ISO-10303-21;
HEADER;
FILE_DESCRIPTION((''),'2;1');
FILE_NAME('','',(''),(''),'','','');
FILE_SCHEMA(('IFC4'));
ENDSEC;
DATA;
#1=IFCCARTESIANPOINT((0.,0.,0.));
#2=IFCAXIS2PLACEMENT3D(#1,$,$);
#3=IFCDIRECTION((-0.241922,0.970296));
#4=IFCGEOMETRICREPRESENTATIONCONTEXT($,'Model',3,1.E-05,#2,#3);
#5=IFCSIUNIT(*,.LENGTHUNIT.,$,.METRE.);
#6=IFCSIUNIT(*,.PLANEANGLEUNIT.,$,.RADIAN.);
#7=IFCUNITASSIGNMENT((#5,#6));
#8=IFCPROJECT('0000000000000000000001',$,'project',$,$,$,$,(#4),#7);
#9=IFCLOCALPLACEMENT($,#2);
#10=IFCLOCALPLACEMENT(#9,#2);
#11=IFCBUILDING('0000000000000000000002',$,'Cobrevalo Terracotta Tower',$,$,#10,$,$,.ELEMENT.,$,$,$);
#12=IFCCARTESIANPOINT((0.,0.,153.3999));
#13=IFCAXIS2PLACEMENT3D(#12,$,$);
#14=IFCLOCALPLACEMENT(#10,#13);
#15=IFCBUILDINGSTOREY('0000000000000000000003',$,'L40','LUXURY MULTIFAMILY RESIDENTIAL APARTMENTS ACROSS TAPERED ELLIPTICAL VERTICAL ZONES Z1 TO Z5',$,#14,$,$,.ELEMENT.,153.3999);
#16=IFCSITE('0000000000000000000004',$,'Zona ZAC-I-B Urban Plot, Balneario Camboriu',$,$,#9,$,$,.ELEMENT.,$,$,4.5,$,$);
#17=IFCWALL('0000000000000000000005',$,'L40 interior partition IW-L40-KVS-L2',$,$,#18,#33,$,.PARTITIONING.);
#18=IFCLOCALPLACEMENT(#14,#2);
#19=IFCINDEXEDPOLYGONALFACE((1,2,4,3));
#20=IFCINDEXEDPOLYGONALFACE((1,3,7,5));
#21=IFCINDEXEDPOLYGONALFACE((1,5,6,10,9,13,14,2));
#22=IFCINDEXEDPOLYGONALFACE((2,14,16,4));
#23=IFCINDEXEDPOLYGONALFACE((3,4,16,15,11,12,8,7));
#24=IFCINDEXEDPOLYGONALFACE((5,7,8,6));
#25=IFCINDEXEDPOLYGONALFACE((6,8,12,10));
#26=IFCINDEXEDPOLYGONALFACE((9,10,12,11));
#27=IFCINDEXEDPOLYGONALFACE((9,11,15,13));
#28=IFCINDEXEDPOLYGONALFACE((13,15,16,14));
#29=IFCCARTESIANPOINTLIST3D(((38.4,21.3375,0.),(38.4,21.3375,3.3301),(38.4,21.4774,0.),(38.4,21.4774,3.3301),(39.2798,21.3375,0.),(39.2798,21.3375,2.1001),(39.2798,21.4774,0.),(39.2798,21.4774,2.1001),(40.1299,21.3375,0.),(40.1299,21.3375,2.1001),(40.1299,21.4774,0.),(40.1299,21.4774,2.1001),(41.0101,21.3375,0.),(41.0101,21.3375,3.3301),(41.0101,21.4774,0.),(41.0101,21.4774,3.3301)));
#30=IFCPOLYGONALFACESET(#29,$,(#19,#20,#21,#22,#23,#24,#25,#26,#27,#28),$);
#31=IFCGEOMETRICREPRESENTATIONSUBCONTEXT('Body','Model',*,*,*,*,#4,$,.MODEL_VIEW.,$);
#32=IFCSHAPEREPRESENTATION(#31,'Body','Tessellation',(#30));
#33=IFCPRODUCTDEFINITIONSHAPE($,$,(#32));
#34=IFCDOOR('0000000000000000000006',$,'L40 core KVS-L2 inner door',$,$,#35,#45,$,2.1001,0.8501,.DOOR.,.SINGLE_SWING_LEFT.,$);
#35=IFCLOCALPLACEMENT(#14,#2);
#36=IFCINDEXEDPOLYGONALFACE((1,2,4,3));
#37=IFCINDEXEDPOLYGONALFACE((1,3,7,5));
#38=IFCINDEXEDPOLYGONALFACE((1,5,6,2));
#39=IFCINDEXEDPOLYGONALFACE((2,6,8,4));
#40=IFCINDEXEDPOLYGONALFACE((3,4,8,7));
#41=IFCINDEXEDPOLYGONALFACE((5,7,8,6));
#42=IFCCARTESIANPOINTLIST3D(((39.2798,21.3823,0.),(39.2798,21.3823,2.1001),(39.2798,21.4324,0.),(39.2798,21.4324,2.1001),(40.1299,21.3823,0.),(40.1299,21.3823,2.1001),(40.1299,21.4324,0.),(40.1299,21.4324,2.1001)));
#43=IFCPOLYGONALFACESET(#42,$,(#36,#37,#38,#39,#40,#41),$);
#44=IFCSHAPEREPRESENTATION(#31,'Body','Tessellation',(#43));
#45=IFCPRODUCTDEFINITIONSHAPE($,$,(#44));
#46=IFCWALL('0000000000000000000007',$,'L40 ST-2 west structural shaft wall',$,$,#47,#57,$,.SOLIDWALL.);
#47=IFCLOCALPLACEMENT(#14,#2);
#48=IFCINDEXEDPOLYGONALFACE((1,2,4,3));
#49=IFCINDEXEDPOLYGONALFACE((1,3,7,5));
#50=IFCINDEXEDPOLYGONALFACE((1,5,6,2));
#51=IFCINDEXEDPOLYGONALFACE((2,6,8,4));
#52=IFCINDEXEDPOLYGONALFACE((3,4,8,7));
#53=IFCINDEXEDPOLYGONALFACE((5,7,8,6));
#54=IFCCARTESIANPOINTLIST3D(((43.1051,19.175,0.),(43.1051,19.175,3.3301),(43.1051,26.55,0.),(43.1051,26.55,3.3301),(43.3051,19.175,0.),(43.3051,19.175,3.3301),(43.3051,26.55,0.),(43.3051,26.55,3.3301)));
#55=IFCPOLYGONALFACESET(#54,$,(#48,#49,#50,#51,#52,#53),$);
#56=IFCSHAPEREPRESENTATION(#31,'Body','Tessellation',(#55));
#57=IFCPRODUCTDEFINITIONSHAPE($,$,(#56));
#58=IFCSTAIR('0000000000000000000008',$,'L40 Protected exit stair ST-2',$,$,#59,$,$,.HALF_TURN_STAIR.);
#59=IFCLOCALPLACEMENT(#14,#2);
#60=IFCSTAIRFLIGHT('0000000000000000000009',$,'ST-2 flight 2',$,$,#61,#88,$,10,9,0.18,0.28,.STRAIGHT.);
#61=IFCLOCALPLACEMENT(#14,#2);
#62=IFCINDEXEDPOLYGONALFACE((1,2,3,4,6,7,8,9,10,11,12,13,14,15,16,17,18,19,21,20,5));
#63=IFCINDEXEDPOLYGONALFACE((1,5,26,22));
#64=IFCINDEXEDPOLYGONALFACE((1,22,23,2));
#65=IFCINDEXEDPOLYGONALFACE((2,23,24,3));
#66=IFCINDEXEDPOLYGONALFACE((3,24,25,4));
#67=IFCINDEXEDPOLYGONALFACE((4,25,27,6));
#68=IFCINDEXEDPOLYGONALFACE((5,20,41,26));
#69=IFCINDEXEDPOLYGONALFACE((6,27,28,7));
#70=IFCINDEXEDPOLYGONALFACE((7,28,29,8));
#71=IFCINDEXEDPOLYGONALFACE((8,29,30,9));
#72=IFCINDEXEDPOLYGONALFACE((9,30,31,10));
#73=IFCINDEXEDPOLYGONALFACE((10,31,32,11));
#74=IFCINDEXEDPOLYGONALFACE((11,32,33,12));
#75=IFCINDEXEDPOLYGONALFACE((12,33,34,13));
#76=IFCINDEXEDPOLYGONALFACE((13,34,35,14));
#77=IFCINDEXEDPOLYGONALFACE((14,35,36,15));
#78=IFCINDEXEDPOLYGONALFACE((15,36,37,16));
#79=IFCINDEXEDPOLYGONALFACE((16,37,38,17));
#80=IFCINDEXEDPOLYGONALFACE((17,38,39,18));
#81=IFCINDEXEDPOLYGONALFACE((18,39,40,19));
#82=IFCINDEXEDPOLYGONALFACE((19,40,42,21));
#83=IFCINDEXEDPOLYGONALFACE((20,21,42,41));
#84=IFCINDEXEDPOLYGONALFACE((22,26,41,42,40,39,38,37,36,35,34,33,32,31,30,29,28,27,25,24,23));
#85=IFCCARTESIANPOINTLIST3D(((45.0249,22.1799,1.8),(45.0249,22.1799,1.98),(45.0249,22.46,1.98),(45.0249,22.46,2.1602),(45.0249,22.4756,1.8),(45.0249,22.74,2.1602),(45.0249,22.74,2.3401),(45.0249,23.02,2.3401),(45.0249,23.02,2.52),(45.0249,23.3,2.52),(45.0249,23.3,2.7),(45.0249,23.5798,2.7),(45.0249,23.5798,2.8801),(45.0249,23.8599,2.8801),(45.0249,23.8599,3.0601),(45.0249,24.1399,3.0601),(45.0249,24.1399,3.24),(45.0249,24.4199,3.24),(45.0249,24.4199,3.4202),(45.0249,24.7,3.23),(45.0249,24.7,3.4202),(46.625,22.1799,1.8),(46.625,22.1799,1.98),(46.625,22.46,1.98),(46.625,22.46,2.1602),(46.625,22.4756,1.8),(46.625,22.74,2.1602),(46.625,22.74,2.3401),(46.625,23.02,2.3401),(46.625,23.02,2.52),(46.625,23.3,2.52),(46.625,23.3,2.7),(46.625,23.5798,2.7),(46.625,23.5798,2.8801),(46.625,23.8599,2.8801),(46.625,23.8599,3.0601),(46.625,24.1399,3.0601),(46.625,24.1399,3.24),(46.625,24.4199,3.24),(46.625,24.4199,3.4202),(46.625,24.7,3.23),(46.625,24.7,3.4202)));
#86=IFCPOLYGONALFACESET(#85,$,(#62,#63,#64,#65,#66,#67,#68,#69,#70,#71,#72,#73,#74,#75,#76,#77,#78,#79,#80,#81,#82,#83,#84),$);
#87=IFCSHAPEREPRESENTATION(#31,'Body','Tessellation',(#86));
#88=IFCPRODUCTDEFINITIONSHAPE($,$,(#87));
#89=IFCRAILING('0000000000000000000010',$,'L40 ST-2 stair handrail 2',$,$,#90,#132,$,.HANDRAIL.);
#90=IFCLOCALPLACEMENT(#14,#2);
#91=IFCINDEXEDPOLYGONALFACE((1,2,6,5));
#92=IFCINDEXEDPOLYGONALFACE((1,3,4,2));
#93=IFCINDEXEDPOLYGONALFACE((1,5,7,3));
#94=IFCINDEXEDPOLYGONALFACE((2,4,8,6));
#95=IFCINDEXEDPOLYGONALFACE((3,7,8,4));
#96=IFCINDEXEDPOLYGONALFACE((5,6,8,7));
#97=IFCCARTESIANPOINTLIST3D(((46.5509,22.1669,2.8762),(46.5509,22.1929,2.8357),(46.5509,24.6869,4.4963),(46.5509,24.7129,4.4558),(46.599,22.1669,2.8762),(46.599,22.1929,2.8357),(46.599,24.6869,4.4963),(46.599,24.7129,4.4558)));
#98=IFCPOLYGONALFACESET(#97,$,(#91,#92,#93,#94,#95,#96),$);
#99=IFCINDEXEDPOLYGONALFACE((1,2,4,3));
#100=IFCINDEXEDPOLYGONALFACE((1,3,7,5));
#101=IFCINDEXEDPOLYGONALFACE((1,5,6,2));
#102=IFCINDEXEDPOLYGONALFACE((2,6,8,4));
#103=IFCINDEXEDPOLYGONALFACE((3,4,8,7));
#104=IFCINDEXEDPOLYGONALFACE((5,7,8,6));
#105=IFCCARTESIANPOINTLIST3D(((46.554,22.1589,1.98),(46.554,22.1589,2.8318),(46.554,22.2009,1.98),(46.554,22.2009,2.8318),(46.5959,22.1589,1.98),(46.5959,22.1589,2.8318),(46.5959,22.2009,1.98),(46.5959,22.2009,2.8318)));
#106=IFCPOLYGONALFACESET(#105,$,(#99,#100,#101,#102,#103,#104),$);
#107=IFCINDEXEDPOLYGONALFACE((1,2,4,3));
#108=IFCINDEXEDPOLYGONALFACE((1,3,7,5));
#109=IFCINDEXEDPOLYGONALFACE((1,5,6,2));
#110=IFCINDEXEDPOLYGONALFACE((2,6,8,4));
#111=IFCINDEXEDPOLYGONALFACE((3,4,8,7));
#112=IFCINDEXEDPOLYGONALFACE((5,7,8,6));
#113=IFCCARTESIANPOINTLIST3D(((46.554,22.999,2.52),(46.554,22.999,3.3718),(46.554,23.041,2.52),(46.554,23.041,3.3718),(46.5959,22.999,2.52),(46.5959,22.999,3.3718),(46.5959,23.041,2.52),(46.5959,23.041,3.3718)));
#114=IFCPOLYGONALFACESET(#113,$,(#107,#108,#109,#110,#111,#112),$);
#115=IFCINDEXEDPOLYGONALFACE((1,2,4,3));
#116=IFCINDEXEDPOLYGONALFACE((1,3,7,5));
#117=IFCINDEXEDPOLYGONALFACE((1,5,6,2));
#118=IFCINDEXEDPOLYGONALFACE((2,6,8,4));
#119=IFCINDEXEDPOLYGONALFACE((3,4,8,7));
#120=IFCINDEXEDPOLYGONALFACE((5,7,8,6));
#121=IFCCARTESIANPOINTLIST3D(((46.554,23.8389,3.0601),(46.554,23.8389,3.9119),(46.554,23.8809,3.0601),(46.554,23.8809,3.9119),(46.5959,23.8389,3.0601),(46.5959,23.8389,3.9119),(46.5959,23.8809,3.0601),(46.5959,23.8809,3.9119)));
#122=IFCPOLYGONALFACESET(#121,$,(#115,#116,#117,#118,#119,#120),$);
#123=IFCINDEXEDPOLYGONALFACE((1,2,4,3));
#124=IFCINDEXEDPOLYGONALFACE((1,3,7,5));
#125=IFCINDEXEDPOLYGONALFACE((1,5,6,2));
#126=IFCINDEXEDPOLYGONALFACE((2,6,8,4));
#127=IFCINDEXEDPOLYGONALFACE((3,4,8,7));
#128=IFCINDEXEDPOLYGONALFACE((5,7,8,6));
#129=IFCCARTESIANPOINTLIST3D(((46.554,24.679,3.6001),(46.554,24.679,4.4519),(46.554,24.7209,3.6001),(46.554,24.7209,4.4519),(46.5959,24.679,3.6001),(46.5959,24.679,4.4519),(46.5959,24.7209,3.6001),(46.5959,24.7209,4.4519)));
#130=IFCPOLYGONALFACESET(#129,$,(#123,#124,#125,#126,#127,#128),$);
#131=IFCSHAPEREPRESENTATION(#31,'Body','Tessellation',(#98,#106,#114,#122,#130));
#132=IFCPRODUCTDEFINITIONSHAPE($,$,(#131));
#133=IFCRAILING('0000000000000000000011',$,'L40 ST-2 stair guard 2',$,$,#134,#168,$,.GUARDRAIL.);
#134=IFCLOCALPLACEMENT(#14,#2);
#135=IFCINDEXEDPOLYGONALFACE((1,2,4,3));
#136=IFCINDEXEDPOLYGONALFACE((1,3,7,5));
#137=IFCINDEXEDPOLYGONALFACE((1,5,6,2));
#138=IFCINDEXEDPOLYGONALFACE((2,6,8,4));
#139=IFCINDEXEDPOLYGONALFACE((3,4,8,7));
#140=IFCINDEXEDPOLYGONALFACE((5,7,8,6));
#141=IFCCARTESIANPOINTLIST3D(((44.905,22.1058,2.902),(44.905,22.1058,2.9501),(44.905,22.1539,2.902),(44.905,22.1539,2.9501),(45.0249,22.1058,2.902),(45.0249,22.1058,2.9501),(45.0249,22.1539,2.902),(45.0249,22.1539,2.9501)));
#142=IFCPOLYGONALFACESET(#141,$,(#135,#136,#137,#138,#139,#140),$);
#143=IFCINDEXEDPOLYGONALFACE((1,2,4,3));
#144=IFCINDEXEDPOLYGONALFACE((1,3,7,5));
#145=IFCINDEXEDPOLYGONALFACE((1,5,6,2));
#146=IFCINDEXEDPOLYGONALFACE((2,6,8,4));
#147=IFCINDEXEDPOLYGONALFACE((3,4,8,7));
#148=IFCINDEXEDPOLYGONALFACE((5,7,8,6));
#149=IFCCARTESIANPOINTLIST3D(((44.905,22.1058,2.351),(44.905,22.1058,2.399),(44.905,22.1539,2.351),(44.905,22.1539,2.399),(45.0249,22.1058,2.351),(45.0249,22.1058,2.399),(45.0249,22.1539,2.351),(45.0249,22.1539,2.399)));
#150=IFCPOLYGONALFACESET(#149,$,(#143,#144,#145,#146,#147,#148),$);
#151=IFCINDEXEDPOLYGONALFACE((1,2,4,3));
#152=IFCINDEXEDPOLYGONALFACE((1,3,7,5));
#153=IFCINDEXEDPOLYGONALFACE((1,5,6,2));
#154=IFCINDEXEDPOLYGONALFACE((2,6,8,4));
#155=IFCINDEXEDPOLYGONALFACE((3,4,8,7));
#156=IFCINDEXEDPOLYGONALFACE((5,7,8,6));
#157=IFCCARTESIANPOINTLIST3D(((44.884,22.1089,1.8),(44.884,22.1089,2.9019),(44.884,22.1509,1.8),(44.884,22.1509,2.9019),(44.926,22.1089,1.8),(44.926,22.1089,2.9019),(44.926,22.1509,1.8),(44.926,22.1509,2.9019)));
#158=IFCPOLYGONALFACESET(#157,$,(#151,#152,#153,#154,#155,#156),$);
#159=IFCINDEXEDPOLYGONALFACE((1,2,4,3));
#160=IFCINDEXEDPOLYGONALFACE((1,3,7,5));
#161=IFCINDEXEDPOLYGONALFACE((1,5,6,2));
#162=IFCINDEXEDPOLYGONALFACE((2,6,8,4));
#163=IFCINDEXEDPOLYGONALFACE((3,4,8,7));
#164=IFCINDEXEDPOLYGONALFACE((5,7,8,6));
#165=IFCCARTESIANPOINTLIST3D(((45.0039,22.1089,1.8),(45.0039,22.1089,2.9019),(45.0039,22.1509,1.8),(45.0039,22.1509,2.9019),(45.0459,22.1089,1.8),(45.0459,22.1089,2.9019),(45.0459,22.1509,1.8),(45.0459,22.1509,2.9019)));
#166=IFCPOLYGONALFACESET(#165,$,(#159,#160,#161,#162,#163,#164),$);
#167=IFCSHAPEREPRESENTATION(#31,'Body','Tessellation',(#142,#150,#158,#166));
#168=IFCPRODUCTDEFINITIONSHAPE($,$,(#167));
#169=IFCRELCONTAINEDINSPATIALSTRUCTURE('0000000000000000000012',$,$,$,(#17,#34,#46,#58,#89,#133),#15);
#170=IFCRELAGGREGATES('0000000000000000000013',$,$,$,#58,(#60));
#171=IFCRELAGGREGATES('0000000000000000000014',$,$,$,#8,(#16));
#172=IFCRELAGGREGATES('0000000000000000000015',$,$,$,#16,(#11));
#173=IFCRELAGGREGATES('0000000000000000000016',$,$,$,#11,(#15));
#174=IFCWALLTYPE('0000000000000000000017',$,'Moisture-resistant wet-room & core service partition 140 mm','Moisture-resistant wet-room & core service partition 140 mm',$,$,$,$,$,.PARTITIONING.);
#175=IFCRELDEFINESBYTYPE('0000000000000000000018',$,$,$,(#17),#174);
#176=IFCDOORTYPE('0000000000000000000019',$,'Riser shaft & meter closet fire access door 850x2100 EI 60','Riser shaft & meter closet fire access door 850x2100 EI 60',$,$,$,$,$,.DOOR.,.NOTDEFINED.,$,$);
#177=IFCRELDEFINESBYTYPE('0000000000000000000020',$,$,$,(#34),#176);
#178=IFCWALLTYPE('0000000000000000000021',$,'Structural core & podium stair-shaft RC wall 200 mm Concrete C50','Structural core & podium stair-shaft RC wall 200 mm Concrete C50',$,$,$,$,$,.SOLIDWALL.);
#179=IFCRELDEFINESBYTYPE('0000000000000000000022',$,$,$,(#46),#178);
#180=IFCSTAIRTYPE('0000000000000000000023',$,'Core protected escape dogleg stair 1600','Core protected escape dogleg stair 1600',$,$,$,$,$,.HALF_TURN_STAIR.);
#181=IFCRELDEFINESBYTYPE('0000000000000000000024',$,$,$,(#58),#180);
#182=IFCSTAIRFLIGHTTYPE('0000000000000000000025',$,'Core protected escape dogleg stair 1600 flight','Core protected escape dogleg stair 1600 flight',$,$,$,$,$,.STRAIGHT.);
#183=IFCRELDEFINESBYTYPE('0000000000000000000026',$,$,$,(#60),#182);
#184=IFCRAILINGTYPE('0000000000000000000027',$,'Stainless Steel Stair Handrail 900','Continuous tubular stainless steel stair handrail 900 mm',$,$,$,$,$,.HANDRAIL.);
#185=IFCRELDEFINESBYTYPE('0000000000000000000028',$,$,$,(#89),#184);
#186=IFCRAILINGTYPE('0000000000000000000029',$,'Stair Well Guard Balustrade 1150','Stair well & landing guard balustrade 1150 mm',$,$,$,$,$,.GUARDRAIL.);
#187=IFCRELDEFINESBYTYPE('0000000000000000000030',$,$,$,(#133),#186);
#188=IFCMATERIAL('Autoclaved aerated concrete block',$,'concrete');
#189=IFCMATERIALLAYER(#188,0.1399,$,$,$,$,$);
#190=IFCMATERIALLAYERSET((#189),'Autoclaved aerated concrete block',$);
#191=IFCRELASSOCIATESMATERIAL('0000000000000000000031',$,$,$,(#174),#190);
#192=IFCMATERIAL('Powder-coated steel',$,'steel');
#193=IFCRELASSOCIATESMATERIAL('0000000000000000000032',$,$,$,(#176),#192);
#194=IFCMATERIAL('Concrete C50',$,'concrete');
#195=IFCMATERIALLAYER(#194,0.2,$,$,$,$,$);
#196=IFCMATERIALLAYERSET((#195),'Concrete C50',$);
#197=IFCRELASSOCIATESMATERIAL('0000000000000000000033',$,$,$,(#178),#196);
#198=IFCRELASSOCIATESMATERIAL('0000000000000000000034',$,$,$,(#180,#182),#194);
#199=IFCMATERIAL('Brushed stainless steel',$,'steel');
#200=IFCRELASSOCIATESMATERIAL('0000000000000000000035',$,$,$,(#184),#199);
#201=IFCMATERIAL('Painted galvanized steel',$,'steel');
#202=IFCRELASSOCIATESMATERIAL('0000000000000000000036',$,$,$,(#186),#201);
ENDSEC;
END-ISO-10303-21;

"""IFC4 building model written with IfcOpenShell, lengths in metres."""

from ifc_helpers import new_model, si_unit, direction, frame, frame_2d, origin, origin_2d, place, context, subcontext, project, spatial, polyline, rectangle, outline, extrude, source, transform, mapped, material, layer, layer_set, type_object, element, fill, aggregate, save


model = new_model("IFC4")

# Units and contexts
model_context = context("Model", 3, precision=1e-05, world=origin(), true_north=direction((-0.241922, 0.970296)))
body_context = subcontext(model_context, "Body", "Model", "MODEL_VIEW")
ifc_project = project(units=[si_unit("LENGTHUNIT", "METRE"), si_unit("PLANEANGLEUNIT", "RADIAN")], contexts=[model_context])

# Site, building, storey
site_placement = place(None, origin())
site = spatial("IfcSite", under=ifc_project, at=site_placement, Name="Zona ZAC-I-B Urban Plot, Balneario Camboriu", CompositionType="ELEMENT", RefElevation=4.5)
building_placement = place(site_placement, origin())
building = spatial("IfcBuilding", under=site, at=building_placement, Name="Cobrevalo Terracotta Tower", CompositionType="ELEMENT")
storey_placement = place(building_placement, frame((0.0, 0.0, 153.3999)))
storey = spatial("IfcBuildingStorey", under=building, at=storey_placement, Name="L40", Description="LUXURY MULTIFAMILY RESIDENTIAL APARTMENTS ACROSS TAPERED ELLIPTICAL VERTICAL ZONES Z1 TO Z5", CompositionType="ELEMENT", Elevation=153.3999)

# Shared definitions
ifc_material_1 = material(Name="Autoclaved aerated concrete block", Category="concrete")

# Shared definitions
ifc_material_2 = material(Name="Concrete C50", Category="concrete")

# Shared definitions
ifc_layer_1 = layer(ifc_material_1, 0.1399)
ifc_layer_set_1 = layer_set([ifc_layer_1], Name="Autoclaved aerated concrete block")
wall_type_1 = type_object("IfcWallType", Name="Moisture-resistant wet-room & core service partition 140 mm", Description="Moisture-resistant wet-room & core service partition 140 mm", PredefinedType="PARTITIONING", material=ifc_layer_set_1)

# Wall, opening, door
wall_1_placement = place(storey_placement, frame((38.3999, 21.4075, 0.0), z_axis=(0.0, 0.0, 1.0), x_axis=(1.0, 0.0, 0.0)))
wall_1 = element("IfcWall", 1, at=wall_1_placement, inside=storey, type_object=wall_type_1, Name="L40 interior partition IW-L40-KVS-L2", PredefinedType="PARTITIONING", context=body_context, shape_type="SweptSolid", body=[
    extrude(rectangle(XDim=2.6101, YDim=0.1399, at=frame_2d((1.3052, 0.0))), origin(), (0.0, 0.0, 1.0), 3.3301),
])
opening_1_placement = place(wall_1_placement, frame((0.8799, 0.0, 0.0)))
opening_1 = element("IfcOpeningElement", 2, at=opening_1_placement, cuts=wall_1, PredefinedType="OPENING", context=body_context, shape_type="SweptSolid", body=[
    extrude(rectangle(XDim=0.8501, YDim=2.1001, at=frame_2d((0.425, 1.05))), frame((0.0, 0.0801, 0.0), z_axis=(0.0, -1.0, 0.0), x_axis=(1.0, 0.0, 0.0)), (0.0, 0.0, 1.0), 0.1599),
])
ifc_material_3 = material(Name="Powder-coated steel", Category="steel")
door_type_1 = type_object("IfcDoorType", Name="Riser shaft & meter closet fire access door 850x2100 EI 60", Description="Riser shaft & meter closet fire access door 850x2100 EI 60", OperationType="NOTDEFINED", PredefinedType="DOOR", material=ifc_material_3)
shared_shape_1 = source(origin(), body_context, "Body", "SweptSolid", [
    extrude(rectangle(XDim=0.8501, YDim=2.1001, at=frame_2d((0.425, 1.05))), frame((0.0, 0.0249, 0.0), z_axis=(0.0, -1.0, 0.0), x_axis=(1.0, 0.0, 0.0)), (0.0, 0.0, 1.0), 0.05),
])
door_1_placement = place(opening_1_placement, origin())
door_1 = element("IfcDoor", 3, at=door_1_placement, inside=storey, type_object=door_type_1, Name="L40 core KVS-L2 inner door", OperationType="SINGLE_SWING_LEFT", OverallHeight=2.1001, OverallWidth=0.8501, PredefinedType="DOOR", context=body_context, shape_type="MappedRepresentation", body=[
    mapped(shared_shape_1, transform((0.0, 0.0, 0.0), scale=1.0)),
])
fill(opening_1, door_1)

# Wall
ifc_layer_2 = layer(ifc_material_2, 0.2)
ifc_layer_set_2 = layer_set([ifc_layer_2], Name="Concrete C50")
wall_type_2 = type_object("IfcWallType", Name="Structural core & podium stair-shaft RC wall 200 mm Concrete C50", Description="Structural core & podium stair-shaft RC wall 200 mm Concrete C50", PredefinedType="SOLIDWALL", material=ifc_layer_set_2)
wall_2_placement = place(storey_placement, frame((43.2051, 19.175, 0.0), z_axis=(0.0, 0.0, 1.0), x_axis=(0.0, 1.0, 0.0)))
element("IfcWall", 4, at=wall_2_placement, inside=storey, type_object=wall_type_2, Name="L40 ST-2 west structural shaft wall", PredefinedType="SOLIDWALL", context=body_context, shape_type="SweptSolid", body=[
    extrude(rectangle(XDim=7.375, YDim=0.2, at=frame_2d((3.6875, 0.0))), origin(), (0.0, 0.0, 1.0), 3.3301),
])

# Stair, stair flight
stair_type = type_object("IfcStairType", Name="Core protected escape dogleg stair 1600", Description="Core protected escape dogleg stair 1600", PredefinedType="HALF_TURN_STAIR", material=ifc_material_2)
stair_placement = place(storey_placement, origin())
stair = element("IfcStair", 5, at=stair_placement, inside=storey, type_object=stair_type, Name="L40 Protected exit stair ST-2", PredefinedType="HALF_TURN_STAIR")
stair_flight_type = type_object("IfcStairFlightType", Name="Core protected escape dogleg stair 1600 flight", Description="Core protected escape dogleg stair 1600 flight", PredefinedType="STRAIGHT", material=ifc_material_2)
stair_flight_placement = place(storey_placement, frame((45.825, 22.1799, 1.8), z_axis=(0.0, 0.0, 1.0), x_axis=(0.0, 1.0, 0.0)))
stair_flight = element("IfcStairFlight", 6, at=stair_flight_placement, type_object=stair_flight_type, Name="ST-2 flight 2", NumberOfRisers=10, NumberOfTreads=9, PredefinedType="STRAIGHT", RiserHeight=0.18, TreadLength=0.28, context=body_context, shape_type="SweptSolid", body=[
    extrude(outline(polyline([(0.0, 0.0), (0.0, 0.1799), (0.28, 0.1799), (0.28, 0.3601), (0.5601, 0.3601), (0.5601, 0.54), (0.8401, 0.54), (0.8401, 0.72), (1.1201, 0.72), (1.1201, 0.8999), (1.3999, 0.8999), (1.3999, 1.0801), (1.6799, 1.0801), (1.6799, 1.26), (1.96, 1.26), (1.96, 1.4399), (2.24, 1.4399), (2.24, 1.6201), (2.52, 1.6201), (2.52, 1.8), (2.52, 1.4299), (0.2957, 0.0), (0.0, 0.0)])), frame((0.0, 0.8, 0.0), z_axis=(0.0, -1.0, 0.0), x_axis=(1.0, 0.0, 0.0)), (0.0, 0.0, 1.0), 1.6001),
])
aggregate(stair, [stair_flight])

# Railings
ifc_material_4 = material(Name="Brushed stainless steel", Category="steel")
railing_type_1 = type_object("IfcRailingType", Name="Stainless Steel Stair Handrail 900", Description="Continuous tubular stainless steel stair handrail 900 mm", PredefinedType="HANDRAIL", material=ifc_material_4)
railing_1_placement = place(storey_placement, frame((46.575, 22.1799, 1.98)))
element("IfcRailing", 7, at=railing_1_placement, inside=storey, type_object=railing_type_1, Name="L40 ST-2 stair handrail 2", PredefinedType="HANDRAIL", context=body_context, shape_type="SweptSolid", body=[
    extrude(rectangle(XDim=0.0481, YDim=0.0481, at=origin_2d()), frame((0.0, 0.0, 0.876), z_axis=(0.0, 0.841163, 0.540782), x_axis=(-1.0, 0.0, 0.0)), (0.0, 0.0, 1.0), 2.9958),
    extrude(rectangle(XDim=0.042, YDim=0.042, at=origin_2d()), origin(), (0.0, 0.0, 1.0), 0.8518),
    extrude(rectangle(XDim=0.042, YDim=0.042, at=origin_2d()), frame((0.0, 0.8401, 0.54)), (0.0, 0.0, 1.0), 0.8518),
    extrude(rectangle(XDim=0.042, YDim=0.042, at=origin_2d()), frame((0.0, 1.6799, 1.0801)), (0.0, 0.0, 1.0), 0.8518),
    extrude(rectangle(XDim=0.042, YDim=0.042, at=origin_2d()), frame((0.0, 2.52, 1.6201)), (0.0, 0.0, 1.0), 0.8518),
])
ifc_material_5 = material(Name="Painted galvanized steel", Category="steel")
railing_type_2 = type_object("IfcRailingType", Name="Stair Well Guard Balustrade 1150", Description="Stair well & landing guard balustrade 1150 mm", PredefinedType="GUARDRAIL", material=ifc_material_5)
railing_2_placement = place(storey_placement, frame((44.905, 22.1299, 1.8)))
element("IfcRailing", 8, at=railing_2_placement, inside=storey, type_object=railing_type_2, Name="L40 ST-2 stair guard 2", PredefinedType="GUARDRAIL", context=body_context, shape_type="SweptSolid", body=[
    extrude(rectangle(XDim=0.0481, YDim=0.0481, at=origin_2d()), frame((0.0, 0.0, 1.126), z_axis=(1.0, 0.0, 0.0), x_axis=(0.0, 1.0, 0.0)), (0.0, 0.0, 1.0), 0.1199),
    extrude(rectangle(XDim=0.0481, YDim=0.0481, at=origin_2d()), frame((0.0, 0.0, 0.575), z_axis=(1.0, 0.0, 0.0), x_axis=(0.0, 1.0, 0.0)), (0.0, 0.0, 1.0), 0.1199),
    extrude(rectangle(XDim=0.042, YDim=0.042, at=origin_2d()), origin(), (0.0, 0.0, 1.0), 1.1018),
    extrude(rectangle(XDim=0.042, YDim=0.042, at=origin_2d()), frame((0.1199, 0.0, 0.0)), (0.0, 0.0, 1.0), 1.1018),
])

save(model, "model.ifc")
